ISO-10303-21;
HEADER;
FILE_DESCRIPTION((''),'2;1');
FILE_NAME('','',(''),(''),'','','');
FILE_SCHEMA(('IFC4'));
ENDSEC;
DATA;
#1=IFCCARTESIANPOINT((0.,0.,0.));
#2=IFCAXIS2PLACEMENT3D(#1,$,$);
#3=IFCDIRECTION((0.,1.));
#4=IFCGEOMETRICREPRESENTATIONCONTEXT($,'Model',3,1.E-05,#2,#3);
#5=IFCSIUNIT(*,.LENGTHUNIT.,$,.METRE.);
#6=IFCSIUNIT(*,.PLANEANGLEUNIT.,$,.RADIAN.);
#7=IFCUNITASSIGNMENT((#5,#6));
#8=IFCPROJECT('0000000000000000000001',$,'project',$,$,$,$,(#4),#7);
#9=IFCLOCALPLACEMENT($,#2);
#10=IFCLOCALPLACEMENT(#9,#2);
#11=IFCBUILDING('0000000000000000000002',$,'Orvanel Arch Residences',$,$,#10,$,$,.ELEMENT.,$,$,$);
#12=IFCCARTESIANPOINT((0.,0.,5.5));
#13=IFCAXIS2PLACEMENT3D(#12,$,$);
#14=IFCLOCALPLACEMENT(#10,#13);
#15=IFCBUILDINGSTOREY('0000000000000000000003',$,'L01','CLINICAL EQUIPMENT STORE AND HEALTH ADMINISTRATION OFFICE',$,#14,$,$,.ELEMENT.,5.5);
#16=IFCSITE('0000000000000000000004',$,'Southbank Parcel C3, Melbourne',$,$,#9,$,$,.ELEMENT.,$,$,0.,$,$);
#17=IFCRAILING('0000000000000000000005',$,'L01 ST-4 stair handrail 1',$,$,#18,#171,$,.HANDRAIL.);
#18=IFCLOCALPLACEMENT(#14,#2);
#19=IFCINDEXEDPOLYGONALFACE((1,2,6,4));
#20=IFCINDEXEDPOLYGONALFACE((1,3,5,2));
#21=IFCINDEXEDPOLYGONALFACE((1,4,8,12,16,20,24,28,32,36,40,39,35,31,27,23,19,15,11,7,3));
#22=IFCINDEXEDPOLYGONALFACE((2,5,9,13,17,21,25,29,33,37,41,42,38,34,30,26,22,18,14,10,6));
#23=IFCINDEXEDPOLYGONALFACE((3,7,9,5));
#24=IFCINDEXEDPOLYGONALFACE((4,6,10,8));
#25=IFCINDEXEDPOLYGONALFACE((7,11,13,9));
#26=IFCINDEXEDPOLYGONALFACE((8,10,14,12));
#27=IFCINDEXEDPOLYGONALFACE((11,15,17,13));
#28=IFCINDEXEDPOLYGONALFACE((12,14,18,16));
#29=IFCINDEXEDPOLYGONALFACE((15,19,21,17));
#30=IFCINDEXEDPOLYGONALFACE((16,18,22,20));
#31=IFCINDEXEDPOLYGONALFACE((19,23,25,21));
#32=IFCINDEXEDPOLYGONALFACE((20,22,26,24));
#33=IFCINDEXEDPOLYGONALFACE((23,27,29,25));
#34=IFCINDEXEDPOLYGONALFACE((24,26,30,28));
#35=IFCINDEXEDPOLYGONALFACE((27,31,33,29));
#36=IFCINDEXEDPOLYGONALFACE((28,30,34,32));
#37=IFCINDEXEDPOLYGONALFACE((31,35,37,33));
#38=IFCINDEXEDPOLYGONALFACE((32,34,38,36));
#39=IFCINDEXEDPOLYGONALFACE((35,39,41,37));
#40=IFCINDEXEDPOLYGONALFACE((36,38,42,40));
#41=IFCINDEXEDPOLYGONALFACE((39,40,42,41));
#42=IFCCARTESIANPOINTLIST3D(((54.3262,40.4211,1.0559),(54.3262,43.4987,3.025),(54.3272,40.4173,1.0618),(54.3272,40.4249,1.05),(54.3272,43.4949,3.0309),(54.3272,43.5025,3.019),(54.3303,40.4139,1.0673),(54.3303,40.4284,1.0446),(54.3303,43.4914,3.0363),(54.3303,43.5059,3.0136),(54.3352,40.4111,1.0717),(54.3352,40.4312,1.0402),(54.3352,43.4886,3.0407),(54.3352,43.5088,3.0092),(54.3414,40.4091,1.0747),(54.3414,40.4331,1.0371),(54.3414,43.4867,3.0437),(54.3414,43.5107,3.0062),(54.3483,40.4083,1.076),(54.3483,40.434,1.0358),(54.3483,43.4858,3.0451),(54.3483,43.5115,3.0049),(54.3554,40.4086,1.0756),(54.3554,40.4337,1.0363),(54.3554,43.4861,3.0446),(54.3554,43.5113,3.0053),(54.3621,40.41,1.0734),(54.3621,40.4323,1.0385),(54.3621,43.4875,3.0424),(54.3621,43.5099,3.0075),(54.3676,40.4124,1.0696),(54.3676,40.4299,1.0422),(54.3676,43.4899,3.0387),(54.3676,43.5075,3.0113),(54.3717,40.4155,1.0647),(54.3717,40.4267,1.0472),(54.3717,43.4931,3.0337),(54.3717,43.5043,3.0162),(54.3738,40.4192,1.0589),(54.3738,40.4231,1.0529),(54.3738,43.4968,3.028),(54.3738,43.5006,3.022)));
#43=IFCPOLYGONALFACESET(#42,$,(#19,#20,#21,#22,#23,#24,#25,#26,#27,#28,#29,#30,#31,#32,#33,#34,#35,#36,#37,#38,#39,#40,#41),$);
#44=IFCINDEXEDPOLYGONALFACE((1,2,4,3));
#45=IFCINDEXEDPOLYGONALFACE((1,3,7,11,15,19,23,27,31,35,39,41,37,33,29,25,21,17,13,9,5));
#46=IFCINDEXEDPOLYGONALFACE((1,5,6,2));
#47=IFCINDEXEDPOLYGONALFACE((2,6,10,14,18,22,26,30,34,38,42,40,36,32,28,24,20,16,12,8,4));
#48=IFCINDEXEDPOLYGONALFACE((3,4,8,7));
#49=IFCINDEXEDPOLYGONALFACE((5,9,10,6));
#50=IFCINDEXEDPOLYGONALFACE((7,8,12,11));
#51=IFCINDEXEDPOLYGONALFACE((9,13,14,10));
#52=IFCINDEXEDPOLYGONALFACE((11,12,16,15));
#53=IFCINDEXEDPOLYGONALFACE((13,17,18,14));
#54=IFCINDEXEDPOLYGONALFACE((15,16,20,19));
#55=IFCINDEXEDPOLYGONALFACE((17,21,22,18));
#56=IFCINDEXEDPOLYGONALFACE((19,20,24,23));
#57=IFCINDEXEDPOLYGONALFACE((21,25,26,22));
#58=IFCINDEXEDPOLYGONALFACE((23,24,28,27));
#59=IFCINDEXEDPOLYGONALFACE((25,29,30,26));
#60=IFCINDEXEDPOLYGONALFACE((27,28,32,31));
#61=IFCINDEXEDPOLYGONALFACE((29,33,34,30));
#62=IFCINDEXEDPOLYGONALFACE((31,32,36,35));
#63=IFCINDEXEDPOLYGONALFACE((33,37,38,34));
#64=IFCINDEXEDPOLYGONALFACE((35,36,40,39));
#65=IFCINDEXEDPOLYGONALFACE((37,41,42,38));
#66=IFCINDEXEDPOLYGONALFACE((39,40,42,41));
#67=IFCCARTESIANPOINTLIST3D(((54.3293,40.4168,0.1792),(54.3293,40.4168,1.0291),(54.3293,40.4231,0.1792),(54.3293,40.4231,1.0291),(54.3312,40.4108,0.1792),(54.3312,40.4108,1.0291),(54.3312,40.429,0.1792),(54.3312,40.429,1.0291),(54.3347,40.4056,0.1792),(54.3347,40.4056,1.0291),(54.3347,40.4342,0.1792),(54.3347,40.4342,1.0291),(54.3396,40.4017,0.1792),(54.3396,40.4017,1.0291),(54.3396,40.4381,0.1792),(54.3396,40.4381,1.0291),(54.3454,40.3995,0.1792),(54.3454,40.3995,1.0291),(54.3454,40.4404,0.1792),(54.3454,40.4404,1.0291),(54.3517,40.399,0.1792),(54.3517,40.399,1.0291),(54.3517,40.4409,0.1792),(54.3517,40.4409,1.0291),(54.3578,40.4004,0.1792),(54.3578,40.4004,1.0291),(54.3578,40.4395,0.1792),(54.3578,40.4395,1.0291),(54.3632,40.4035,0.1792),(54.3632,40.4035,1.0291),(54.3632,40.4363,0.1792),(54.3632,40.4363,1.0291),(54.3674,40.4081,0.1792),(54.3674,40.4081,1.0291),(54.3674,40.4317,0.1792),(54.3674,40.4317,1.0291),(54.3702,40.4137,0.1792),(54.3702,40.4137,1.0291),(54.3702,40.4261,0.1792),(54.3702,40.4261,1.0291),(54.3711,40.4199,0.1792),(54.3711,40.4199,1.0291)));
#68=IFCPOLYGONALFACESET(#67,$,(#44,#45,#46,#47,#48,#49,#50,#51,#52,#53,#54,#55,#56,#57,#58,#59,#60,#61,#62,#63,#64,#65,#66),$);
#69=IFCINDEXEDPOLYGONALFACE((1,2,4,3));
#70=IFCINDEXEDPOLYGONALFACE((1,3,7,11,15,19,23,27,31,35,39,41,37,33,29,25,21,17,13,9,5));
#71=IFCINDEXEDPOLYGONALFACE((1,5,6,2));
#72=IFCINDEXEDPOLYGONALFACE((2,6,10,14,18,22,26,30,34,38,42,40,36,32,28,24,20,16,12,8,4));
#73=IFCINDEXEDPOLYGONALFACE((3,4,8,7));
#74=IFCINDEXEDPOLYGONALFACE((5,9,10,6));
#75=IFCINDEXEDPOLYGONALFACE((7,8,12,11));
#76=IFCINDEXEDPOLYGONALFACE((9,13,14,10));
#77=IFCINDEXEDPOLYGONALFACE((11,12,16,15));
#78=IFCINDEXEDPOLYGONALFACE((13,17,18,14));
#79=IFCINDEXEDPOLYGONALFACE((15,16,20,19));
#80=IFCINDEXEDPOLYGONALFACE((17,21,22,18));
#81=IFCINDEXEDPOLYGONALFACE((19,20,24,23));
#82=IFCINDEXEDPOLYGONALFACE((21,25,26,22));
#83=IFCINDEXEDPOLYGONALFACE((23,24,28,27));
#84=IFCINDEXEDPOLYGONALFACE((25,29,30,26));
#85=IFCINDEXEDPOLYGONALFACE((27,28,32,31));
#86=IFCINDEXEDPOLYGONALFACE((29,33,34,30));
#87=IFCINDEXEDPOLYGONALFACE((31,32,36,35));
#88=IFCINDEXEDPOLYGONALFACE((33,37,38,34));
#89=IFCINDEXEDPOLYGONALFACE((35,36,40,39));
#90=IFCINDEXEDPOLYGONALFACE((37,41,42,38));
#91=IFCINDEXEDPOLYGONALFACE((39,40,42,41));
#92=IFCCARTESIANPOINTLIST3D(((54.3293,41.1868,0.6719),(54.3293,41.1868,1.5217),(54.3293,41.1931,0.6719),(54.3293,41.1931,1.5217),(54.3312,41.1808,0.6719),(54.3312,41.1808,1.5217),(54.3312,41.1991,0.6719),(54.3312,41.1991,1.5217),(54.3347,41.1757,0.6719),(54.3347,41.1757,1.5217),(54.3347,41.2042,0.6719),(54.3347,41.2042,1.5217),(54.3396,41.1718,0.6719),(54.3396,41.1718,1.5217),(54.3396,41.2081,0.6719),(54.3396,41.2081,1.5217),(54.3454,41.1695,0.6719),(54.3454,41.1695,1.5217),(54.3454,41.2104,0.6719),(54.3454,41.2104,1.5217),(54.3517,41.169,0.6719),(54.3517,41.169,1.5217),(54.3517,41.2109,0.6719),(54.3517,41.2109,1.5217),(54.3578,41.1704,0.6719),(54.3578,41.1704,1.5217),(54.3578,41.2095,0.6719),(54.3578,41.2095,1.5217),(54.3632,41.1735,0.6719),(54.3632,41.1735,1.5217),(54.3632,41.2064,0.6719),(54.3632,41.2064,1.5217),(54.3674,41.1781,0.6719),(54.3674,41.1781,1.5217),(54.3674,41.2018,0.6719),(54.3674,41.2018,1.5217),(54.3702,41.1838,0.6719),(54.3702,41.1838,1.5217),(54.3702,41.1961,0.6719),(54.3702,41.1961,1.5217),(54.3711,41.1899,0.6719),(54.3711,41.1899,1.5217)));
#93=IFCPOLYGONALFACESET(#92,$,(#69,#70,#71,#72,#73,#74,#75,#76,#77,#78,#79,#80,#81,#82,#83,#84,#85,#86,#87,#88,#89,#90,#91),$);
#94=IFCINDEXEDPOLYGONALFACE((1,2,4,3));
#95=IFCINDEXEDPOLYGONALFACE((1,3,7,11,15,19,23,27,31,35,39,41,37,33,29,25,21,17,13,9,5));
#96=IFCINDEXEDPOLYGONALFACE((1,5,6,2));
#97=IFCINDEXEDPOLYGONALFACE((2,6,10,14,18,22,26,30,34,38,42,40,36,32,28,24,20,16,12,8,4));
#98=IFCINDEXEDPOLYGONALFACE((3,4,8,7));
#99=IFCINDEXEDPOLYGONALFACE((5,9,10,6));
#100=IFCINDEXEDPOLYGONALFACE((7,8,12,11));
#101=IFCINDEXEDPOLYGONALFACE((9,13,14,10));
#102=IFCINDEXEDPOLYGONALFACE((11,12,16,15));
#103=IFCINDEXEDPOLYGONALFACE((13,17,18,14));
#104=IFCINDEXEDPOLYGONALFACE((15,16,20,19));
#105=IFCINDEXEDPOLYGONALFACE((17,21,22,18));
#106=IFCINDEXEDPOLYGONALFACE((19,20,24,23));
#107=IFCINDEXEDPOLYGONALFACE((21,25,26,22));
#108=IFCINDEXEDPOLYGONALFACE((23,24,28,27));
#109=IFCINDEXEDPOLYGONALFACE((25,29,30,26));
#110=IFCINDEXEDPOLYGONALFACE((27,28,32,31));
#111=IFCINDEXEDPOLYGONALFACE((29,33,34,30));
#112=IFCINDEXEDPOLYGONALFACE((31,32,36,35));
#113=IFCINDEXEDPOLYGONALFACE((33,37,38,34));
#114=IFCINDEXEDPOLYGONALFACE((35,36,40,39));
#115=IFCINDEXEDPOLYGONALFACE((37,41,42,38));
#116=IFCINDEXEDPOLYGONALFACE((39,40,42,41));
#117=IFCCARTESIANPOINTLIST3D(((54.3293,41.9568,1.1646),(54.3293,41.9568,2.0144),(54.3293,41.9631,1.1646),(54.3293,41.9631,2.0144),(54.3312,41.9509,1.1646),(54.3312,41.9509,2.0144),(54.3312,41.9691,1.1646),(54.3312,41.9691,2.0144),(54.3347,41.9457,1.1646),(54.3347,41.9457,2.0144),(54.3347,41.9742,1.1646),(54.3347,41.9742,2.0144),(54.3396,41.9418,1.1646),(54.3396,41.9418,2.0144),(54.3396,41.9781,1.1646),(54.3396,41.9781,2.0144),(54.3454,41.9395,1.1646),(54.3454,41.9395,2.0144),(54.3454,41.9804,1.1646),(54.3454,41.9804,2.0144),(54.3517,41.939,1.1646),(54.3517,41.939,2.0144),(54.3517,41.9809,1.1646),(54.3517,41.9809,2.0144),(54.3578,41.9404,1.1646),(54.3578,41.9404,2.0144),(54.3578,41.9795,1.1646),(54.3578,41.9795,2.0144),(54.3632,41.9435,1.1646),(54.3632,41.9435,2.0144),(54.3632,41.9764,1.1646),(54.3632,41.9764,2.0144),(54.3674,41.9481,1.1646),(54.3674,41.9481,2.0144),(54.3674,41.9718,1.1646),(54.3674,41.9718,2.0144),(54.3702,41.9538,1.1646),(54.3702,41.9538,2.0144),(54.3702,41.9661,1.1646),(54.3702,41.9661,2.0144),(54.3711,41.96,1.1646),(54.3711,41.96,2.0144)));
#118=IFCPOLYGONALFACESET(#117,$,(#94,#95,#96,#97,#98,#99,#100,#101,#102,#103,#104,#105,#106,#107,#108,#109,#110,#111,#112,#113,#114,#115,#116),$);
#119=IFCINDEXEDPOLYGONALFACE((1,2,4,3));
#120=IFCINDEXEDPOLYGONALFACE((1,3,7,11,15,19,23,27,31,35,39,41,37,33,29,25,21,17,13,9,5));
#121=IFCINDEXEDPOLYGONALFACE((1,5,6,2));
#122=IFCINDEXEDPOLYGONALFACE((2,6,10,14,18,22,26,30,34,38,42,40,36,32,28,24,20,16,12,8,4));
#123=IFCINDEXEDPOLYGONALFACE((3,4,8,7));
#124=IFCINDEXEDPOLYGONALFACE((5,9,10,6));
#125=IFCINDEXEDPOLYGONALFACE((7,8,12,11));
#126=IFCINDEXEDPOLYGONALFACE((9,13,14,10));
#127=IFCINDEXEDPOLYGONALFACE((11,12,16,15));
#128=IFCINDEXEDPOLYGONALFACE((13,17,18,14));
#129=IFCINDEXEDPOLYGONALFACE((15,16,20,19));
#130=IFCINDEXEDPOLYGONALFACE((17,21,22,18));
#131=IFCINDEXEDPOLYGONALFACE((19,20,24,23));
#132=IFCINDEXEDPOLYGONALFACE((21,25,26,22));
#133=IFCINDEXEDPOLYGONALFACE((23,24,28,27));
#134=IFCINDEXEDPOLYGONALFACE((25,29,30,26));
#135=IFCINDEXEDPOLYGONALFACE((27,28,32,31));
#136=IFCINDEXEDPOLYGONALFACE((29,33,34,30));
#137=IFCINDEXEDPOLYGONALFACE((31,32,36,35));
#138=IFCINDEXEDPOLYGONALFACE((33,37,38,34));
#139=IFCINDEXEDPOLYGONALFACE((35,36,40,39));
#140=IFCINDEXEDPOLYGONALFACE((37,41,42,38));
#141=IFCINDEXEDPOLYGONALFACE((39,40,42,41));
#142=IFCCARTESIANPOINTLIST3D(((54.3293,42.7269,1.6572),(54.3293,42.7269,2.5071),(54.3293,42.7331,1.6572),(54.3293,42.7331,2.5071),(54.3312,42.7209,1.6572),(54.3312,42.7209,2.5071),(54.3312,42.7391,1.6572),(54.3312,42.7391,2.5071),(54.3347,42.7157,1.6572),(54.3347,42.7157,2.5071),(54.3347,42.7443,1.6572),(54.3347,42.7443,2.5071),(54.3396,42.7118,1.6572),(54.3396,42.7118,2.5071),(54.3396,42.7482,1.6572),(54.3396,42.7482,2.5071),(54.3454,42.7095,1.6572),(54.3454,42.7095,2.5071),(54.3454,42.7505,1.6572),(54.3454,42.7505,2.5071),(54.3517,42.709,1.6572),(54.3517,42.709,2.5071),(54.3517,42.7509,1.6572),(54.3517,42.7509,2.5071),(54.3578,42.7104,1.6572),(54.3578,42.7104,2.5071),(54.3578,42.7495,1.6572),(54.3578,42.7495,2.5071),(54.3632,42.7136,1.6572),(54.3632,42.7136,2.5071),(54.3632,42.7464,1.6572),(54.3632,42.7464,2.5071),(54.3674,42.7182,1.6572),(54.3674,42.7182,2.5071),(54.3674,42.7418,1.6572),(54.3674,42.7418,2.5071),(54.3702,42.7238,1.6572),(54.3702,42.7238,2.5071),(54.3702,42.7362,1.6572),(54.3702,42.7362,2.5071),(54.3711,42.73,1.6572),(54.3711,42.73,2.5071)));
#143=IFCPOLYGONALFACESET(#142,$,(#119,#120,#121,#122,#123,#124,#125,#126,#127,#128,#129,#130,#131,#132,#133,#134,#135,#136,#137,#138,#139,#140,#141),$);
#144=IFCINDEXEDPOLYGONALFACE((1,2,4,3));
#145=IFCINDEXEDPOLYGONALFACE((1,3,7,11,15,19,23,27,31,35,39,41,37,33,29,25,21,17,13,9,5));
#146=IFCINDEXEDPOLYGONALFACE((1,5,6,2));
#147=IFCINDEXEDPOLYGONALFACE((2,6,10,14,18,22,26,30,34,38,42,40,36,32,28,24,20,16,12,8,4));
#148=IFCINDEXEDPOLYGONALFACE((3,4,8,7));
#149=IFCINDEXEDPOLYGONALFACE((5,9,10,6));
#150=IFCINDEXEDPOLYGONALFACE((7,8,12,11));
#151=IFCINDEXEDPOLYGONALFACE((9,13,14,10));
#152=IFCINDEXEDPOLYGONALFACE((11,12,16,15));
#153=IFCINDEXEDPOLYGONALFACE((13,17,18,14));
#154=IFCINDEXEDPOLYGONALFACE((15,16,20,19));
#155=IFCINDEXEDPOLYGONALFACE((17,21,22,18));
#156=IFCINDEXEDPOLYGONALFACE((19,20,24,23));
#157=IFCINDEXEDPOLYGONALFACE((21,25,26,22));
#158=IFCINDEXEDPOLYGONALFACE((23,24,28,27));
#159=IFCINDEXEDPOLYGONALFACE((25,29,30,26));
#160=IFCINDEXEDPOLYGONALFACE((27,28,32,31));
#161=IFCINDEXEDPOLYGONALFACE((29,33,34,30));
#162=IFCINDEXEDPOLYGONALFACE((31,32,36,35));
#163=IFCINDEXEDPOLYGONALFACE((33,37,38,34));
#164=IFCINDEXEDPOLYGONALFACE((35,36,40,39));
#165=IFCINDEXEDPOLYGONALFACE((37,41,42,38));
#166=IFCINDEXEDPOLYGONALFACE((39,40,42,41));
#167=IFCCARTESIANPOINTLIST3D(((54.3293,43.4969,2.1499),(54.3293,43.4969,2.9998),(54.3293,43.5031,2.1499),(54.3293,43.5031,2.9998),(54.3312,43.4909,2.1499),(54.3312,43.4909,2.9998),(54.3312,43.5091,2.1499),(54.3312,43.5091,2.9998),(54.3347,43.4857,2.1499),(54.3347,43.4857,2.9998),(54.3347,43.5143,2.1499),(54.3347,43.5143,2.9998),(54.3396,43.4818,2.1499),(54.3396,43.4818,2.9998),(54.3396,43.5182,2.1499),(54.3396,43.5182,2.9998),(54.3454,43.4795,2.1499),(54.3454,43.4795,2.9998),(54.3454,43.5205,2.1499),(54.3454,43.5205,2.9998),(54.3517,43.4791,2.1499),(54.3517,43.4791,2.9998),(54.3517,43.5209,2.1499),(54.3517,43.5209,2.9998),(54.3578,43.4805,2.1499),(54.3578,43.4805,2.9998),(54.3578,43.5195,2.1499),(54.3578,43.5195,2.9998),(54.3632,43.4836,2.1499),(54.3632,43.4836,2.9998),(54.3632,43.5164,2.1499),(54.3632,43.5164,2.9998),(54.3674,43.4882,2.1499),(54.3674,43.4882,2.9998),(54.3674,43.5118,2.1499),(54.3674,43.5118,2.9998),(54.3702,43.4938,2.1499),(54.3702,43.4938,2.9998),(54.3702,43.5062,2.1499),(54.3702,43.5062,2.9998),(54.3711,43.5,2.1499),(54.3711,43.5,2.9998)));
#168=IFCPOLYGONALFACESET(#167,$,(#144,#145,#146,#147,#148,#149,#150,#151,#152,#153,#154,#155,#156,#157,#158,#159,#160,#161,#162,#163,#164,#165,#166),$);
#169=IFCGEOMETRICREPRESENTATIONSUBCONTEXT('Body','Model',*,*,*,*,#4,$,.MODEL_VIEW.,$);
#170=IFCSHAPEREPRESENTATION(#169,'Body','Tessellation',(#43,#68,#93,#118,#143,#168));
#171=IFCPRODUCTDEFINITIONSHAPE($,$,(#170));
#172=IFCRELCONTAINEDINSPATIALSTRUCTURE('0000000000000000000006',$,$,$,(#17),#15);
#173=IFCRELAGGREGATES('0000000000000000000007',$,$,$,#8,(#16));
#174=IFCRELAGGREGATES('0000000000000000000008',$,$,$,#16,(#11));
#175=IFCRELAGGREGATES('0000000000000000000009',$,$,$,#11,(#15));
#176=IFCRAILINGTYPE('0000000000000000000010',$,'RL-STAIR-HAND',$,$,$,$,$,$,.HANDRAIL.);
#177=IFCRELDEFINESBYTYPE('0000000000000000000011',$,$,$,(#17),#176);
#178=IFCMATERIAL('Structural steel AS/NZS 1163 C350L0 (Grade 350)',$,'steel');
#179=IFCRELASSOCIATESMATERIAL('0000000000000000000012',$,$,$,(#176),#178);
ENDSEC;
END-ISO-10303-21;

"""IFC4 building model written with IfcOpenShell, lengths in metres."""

from ifc_helpers import new_model, si_unit, direction, frame, origin, origin_2d, place, context, subcontext, project, spatial, circle, extrude, material, type_object, element, save


model = new_model("IFC4")

# Units and contexts
model_context = context("Model", 3, precision=1e-05, world=origin(), true_north=direction((0.0, 1.0)))
body_context = subcontext(model_context, "Body", "Model", "MODEL_VIEW")
ifc_project = project(units=[si_unit("LENGTHUNIT", "METRE"), si_unit("PLANEANGLEUNIT", "RADIAN")], contexts=[model_context])

# Site, building, storey
site_placement = place(None, origin())
site = spatial("IfcSite", under=ifc_project, at=site_placement, Name="Southbank Parcel C3, Melbourne", CompositionType="ELEMENT", RefElevation=0.0)
building_placement = place(site_placement, origin())
building = spatial("IfcBuilding", under=site, at=building_placement, Name="Orvanel Arch Residences", CompositionType="ELEMENT")
storey_placement = place(building_placement, frame((0.0, 0.0, 5.5)))
storey = spatial("IfcBuildingStorey", under=building, at=storey_placement, Name="L01", Description="CLINICAL EQUIPMENT STORE AND HEALTH ADMINISTRATION OFFICE", CompositionType="ELEMENT", Elevation=5.5)

# Railing
ifc_material_1 = material(Name="Structural steel AS/NZS 1163 C350L0 (Grade 350)", Category="steel")
railing_type_1 = type_object("IfcRailingType", Name="RL-STAIR-HAND", PredefinedType="HANDRAIL", material=ifc_material_1)
railing_1_placement = place(storey_placement, frame((54.3501, 40.4199, 0.1792)))
element("IfcRailing", 1, at=railing_1_placement, inside=storey, type_object=railing_type_1, Name="L01 ST-4 stair handrail 1", PredefinedType="HANDRAIL", context=body_context, shape_type="SweptSolid", body=[
    extrude(circle(Radius=0.0239, at=origin_2d()), frame((0.0, 0.0012, 0.8767), z_axis=(0.0, 0.842339, 0.538948), x_axis=(-1.0, 0.0, 0.0)), (0.0, 0.0, 1.0), 3.6536),
    extrude(circle(Radius=0.021, at=origin_2d()), origin(), (0.0, 0.0, 1.0), 0.8499),
    extrude(circle(Radius=0.021, at=origin_2d()), frame((0.0, 0.77, 0.4927)), (0.0, 0.0, 1.0), 0.8499),
    extrude(circle(Radius=0.021, at=origin_2d()), frame((0.0, 1.54, 0.9854)), (0.0, 0.0, 1.0), 0.8499),
    extrude(circle(Radius=0.021, at=origin_2d()), frame((0.0, 2.3101, 1.478)), (0.0, 0.0, 1.0), 0.8499),
    extrude(circle(Radius=0.021, at=origin_2d()), frame((0.0, 3.0801, 1.9707)), (0.0, 0.0, 1.0), 0.8499),
])

save(model, "model.ifc")
